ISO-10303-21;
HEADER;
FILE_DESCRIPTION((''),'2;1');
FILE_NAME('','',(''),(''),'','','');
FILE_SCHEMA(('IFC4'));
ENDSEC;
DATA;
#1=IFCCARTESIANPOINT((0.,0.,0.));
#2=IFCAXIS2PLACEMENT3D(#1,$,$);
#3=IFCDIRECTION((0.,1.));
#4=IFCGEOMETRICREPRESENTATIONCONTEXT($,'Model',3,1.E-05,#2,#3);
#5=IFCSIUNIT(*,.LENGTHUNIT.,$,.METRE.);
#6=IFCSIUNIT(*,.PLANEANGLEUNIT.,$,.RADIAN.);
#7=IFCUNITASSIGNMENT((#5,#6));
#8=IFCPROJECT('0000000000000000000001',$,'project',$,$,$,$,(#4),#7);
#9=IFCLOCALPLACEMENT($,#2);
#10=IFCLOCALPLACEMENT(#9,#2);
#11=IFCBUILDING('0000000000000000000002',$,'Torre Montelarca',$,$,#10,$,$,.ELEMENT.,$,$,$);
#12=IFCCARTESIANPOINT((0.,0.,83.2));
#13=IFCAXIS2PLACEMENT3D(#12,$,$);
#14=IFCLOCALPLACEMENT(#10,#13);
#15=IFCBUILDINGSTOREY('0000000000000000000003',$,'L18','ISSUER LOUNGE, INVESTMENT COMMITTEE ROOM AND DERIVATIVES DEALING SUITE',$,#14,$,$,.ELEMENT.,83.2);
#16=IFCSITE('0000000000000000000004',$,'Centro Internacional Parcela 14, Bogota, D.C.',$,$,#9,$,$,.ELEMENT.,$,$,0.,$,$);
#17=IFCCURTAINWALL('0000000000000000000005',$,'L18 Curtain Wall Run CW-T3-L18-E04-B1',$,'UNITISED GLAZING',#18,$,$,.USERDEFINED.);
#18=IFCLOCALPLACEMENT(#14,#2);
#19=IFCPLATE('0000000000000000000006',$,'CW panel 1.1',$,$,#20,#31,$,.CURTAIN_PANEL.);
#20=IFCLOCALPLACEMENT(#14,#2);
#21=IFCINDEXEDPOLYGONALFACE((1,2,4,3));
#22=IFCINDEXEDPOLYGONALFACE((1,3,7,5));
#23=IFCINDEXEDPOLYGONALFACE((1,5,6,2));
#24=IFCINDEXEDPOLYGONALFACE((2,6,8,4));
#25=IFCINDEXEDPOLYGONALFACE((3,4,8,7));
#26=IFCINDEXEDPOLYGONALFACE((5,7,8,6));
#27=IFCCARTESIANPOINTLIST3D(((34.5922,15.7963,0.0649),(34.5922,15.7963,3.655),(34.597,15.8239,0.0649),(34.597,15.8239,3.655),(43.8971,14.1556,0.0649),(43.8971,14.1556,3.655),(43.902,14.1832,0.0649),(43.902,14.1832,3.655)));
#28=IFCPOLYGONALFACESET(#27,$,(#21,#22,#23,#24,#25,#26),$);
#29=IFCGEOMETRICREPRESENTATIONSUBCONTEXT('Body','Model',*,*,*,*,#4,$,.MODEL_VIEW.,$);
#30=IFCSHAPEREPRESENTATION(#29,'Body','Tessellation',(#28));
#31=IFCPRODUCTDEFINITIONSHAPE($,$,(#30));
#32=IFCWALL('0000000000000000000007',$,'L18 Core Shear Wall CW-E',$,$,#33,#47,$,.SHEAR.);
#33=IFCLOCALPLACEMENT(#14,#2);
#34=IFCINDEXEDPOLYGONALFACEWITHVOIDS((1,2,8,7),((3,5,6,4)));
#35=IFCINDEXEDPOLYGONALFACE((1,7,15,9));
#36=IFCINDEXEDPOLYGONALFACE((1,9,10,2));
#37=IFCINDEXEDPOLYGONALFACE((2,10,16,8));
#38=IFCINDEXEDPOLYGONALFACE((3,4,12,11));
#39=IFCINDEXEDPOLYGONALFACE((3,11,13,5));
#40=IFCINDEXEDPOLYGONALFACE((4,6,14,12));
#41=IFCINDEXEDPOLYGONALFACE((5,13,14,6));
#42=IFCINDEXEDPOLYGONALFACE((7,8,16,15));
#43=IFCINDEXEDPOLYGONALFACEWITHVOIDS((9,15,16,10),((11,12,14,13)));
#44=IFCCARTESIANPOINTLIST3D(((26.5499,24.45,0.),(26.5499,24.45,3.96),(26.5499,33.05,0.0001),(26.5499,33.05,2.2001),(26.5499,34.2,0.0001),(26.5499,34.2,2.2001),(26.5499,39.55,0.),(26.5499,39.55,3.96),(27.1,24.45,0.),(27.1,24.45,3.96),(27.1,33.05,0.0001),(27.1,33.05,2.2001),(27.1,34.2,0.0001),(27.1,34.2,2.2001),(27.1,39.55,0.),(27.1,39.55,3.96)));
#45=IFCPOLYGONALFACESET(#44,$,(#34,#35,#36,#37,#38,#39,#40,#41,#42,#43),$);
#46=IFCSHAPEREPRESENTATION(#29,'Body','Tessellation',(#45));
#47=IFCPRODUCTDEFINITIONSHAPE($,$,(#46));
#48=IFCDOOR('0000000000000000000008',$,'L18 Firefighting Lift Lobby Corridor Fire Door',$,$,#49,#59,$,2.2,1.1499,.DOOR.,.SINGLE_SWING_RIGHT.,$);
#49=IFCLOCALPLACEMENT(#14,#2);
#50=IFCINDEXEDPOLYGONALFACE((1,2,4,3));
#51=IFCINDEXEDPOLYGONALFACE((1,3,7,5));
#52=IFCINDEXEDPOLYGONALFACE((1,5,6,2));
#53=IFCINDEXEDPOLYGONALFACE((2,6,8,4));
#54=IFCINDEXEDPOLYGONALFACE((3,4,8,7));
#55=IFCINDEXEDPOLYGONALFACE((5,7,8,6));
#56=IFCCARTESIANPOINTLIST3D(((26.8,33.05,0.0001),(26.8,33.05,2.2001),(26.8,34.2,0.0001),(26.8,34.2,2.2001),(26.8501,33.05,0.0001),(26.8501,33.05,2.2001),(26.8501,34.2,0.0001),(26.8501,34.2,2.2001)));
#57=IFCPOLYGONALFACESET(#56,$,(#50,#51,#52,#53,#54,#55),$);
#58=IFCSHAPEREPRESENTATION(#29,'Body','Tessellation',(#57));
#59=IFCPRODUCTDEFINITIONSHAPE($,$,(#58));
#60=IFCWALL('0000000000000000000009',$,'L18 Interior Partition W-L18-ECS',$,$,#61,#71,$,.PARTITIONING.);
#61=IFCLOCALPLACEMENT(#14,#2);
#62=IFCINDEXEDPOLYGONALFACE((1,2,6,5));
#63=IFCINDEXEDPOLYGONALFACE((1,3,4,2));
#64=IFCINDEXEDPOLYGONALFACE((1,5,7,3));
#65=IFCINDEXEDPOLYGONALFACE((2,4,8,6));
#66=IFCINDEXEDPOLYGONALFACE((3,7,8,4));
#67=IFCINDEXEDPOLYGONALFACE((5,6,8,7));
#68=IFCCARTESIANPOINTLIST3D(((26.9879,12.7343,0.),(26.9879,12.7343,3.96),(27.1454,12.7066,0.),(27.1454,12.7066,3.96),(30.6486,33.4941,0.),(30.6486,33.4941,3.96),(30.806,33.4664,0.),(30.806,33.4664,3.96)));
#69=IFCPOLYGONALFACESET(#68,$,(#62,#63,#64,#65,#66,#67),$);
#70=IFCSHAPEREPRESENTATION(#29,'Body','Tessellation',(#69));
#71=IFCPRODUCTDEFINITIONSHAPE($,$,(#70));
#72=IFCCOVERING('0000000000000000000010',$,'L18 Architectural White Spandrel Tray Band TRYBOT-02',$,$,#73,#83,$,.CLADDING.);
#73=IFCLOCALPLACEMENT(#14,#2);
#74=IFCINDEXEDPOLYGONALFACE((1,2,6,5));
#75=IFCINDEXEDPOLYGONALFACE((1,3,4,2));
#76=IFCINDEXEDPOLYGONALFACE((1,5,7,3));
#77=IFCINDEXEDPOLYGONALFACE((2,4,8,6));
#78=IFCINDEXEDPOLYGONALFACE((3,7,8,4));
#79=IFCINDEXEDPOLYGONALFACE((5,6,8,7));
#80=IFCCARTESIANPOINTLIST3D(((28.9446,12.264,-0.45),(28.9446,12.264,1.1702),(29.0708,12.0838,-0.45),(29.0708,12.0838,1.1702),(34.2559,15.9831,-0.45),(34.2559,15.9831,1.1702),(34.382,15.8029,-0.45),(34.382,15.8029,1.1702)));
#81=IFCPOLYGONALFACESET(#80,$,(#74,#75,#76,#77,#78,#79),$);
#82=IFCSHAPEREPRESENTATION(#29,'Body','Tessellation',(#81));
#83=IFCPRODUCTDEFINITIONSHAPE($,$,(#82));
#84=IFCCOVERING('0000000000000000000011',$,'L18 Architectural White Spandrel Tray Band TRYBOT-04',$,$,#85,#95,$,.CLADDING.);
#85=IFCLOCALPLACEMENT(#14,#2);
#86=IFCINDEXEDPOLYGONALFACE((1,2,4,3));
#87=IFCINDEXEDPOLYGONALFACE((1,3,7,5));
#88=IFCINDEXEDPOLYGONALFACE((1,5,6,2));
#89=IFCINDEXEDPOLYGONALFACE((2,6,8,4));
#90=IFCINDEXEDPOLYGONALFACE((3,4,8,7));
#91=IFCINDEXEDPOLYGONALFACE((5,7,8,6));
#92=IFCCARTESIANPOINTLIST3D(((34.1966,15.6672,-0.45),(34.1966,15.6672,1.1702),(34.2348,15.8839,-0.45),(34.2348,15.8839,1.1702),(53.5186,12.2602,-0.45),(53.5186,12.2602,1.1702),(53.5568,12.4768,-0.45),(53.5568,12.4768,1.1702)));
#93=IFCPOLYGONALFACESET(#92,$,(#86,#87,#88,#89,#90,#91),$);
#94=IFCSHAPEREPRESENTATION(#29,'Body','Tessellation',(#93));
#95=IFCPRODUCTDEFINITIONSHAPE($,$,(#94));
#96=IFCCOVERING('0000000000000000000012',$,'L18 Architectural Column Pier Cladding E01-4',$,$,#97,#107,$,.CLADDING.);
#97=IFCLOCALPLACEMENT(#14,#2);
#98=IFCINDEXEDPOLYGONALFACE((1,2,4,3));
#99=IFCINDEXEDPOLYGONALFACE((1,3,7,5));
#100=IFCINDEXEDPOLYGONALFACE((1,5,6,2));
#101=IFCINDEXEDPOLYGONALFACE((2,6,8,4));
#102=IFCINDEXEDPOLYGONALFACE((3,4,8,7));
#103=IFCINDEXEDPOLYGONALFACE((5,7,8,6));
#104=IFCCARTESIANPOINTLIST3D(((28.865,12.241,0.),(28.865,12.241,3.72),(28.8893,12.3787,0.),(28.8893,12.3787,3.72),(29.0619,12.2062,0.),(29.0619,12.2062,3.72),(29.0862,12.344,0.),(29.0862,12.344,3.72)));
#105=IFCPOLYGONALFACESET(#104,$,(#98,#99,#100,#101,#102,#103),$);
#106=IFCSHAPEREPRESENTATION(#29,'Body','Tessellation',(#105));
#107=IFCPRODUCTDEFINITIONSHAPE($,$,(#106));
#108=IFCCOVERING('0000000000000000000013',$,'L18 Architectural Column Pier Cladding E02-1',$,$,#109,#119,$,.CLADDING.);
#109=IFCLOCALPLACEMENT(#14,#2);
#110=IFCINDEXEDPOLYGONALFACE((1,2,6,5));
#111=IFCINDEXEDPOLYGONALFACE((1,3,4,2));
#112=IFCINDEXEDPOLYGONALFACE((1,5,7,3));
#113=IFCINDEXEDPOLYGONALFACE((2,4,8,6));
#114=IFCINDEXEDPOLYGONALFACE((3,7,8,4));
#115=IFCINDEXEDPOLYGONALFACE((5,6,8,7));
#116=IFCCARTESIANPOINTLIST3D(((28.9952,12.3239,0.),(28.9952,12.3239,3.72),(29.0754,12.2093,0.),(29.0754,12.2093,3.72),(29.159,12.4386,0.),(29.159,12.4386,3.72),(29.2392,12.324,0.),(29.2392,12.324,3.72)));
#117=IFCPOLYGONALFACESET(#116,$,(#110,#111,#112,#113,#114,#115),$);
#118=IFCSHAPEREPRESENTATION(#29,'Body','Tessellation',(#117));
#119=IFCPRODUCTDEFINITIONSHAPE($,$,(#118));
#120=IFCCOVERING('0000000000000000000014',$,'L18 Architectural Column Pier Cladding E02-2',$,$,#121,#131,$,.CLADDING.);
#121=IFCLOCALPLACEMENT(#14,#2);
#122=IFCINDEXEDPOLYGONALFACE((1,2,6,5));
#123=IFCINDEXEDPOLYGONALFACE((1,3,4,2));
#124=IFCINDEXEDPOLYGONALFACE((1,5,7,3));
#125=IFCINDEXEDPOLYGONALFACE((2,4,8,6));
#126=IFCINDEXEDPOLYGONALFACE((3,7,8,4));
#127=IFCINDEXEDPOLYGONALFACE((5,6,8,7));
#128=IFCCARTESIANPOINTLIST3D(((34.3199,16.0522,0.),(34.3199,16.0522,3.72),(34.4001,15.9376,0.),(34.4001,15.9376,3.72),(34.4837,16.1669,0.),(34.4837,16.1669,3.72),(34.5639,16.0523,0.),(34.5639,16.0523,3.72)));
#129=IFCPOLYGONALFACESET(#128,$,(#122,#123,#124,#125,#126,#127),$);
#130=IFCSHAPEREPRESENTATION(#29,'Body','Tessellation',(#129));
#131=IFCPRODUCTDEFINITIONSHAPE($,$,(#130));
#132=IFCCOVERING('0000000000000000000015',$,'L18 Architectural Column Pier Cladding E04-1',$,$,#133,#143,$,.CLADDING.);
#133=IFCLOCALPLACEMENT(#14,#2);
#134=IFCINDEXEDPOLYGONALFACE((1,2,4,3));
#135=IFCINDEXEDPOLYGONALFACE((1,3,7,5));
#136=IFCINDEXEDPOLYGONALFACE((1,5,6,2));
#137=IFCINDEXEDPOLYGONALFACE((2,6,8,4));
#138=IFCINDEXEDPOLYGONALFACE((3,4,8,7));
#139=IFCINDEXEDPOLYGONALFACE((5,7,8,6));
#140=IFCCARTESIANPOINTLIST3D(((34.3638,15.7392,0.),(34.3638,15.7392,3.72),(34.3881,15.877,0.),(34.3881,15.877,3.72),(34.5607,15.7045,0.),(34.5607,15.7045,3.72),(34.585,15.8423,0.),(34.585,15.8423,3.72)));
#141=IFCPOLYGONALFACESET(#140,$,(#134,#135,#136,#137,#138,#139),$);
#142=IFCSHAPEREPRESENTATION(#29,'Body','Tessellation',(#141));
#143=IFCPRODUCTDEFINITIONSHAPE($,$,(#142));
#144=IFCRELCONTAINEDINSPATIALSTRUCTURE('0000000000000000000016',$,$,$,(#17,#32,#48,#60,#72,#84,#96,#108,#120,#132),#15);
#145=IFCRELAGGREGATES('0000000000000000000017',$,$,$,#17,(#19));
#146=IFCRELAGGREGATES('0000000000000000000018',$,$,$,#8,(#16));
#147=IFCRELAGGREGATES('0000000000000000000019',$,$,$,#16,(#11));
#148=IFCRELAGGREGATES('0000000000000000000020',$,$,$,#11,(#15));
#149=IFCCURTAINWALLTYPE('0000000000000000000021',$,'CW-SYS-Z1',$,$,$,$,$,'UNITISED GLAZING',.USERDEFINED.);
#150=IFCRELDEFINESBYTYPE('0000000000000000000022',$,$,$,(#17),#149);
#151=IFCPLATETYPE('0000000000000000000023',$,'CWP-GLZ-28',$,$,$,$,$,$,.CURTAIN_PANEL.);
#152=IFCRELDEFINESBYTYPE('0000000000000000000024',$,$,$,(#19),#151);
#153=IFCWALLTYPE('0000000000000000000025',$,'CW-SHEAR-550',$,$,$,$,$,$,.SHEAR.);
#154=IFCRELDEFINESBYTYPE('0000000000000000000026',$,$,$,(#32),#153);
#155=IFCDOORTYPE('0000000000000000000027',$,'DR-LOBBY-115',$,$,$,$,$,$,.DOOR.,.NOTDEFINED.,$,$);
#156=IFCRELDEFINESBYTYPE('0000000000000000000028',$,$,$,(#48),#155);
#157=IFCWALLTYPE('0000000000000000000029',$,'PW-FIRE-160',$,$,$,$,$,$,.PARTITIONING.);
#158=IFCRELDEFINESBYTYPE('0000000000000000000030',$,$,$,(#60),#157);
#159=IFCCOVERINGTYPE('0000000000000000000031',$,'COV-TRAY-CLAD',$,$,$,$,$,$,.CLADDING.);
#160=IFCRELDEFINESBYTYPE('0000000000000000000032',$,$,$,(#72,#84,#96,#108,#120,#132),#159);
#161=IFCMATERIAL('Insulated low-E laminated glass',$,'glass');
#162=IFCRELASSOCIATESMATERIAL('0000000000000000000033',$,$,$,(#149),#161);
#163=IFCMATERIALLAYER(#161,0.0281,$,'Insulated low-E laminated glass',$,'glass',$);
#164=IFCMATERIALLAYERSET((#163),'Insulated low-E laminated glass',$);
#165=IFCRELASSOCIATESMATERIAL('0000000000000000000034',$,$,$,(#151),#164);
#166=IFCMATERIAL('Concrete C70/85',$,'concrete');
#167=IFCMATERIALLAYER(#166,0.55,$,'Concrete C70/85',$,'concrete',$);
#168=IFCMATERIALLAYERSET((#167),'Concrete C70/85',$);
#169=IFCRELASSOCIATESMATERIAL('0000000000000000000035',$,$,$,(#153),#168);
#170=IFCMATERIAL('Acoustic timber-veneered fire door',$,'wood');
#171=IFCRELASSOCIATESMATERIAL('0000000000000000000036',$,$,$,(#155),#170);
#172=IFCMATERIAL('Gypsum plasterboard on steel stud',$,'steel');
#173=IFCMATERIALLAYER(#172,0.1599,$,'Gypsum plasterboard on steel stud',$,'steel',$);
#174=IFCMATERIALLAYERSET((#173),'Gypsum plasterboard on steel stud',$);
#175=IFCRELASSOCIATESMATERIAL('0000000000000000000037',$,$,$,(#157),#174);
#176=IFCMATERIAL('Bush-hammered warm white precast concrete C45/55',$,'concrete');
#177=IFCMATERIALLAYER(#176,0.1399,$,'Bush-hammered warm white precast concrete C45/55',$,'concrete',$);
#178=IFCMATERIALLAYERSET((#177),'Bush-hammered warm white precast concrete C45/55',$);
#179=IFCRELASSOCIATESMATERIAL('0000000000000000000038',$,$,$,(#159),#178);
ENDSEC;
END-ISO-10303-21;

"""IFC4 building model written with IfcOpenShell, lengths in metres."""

from ifc_helpers import new_model, si_unit, direction, frame, frame_2d, origin, origin_2d, place, context, subcontext, project, spatial, rectangle, extrude, source, transform, mapped, material, layer, layer_set, type_object, element, fill, aggregate, save


model = new_model("IFC4")

# Units and contexts
model_context = context("Model", 3, precision=1e-05, world=origin(), true_north=direction((0.0, 1.0)))
body_context = subcontext(model_context, "Body", "Model", "MODEL_VIEW")
ifc_project = project(units=[si_unit("LENGTHUNIT", "METRE"), si_unit("PLANEANGLEUNIT", "RADIAN")], contexts=[model_context])

# Site, building, storey
site_placement = place(None, origin())
site = spatial("IfcSite", under=ifc_project, at=site_placement, Name="Centro Internacional Parcela 14, Bogota, D.C.", CompositionType="ELEMENT", RefElevation=0.0)
building_placement = place(site_placement, origin())
building = spatial("IfcBuilding", under=site, at=building_placement, Name="Torre Montelarca", CompositionType="ELEMENT")
storey_placement = place(building_placement, frame((0.0, 0.0, 83.2)))
storey = spatial("IfcBuildingStorey", under=building, at=storey_placement, Name="L18", Description="ISSUER LOUNGE, INVESTMENT COMMITTEE ROOM AND DERIVATIVES DEALING SUITE", CompositionType="ELEMENT", Elevation=83.2)

# Shared definitions
ifc_material_1 = material(Name="Concrete C70/85", Category="concrete")

# Curtain wall
ifc_material_2 = material(Name="Insulated low-E laminated glass", Category="glass")
curtain_wall_type = type_object("IfcCurtainWallType", Name="CW-SYS-Z1", ElementType="UNITISED GLAZING", PredefinedType="USERDEFINED", material=ifc_material_2)
curtain_wall_1_placement = place(storey_placement, origin())
curtain_wall_1 = element("IfcCurtainWall", 1, at=curtain_wall_1_placement, inside=storey, type_object=curtain_wall_type, Name="L18 Curtain Wall Run CW-T3-L18-E04-B1", ObjectType="UNITISED GLAZING", PredefinedType="USERDEFINED")

# Plate
ifc_layer_1 = layer(ifc_material_2, 0.0281, Name="Insulated low-E laminated glass", Category="glass")
ifc_layer_set_1 = layer_set([ifc_layer_1], Name="Insulated low-E laminated glass")
plate_type = type_object("IfcPlateType", Name="CWP-GLZ-28", PredefinedType="CURTAIN_PANEL", material=ifc_layer_set_1)
shared_shape_1 = source(origin(), body_context, "Body", "SweptSolid", [
    extrude(rectangle(XDim=9.4485, YDim=0.0281, at=origin_2d()), origin(), (0.0, 0.0, 1.0), 3.5901),
])
plate_1_placement = place(storey_placement, frame((39.2471, 14.9897, 0.0649), z_axis=(0.0, 0.0, 1.0), x_axis=(0.984809, -0.173643, 0.0)))
plate_1 = element("IfcPlate", 2, at=plate_1_placement, type_object=plate_type, Name="CW panel 1.1", PredefinedType="CURTAIN_PANEL", context=body_context, shape_type="MappedRepresentation", body=[
    mapped(shared_shape_1, transform((0.0, 0.0, 0.0), scale=1.0)),
])
aggregate(curtain_wall_1, [plate_1])

# Wall, opening, door
ifc_layer_2 = layer(ifc_material_1, 0.55, Name="Concrete C70/85", Category="concrete")
ifc_layer_set_2 = layer_set([ifc_layer_2], Name="Concrete C70/85")
wall_type_1 = type_object("IfcWallType", Name="CW-SHEAR-550", PredefinedType="SHEAR", material=ifc_layer_set_2)
wall_1_placement = place(storey_placement, frame((26.825, 24.45, 0.0), z_axis=(0.0, 0.0, 1.0), x_axis=(0.0, 1.0, 0.0)))
wall_1 = element("IfcWall", 3, at=wall_1_placement, inside=storey, type_object=wall_type_1, Name="L18 Core Shear Wall CW-E", PredefinedType="SHEAR", context=body_context, shape_type="SweptSolid", body=[
    extrude(rectangle(XDim=15.1001, YDim=0.55, at=frame_2d((7.55, 0.0))), origin(), (0.0, 0.0, 1.0), 3.96),
])
opening_placement = place(wall_1_placement, frame((8.6001, 0.0, 0.0)))
opening = element("IfcOpeningElement", 4, at=opening_placement, cuts=wall_1, PredefinedType="OPENING", context=body_context, shape_type="SweptSolid", body=[
    extrude(rectangle(XDim=1.1499, YDim=2.2, at=frame_2d((0.575, 1.1001))), frame((0.0, 0.2852, 0.0), z_axis=(0.0, -1.0, 0.0), x_axis=(1.0, 0.0, 0.0)), (0.0, 0.0, 1.0), 0.5701),
])
ifc_material_3 = material(Name="Acoustic timber-veneered fire door", Category="wood")
door_type = type_object("IfcDoorType", Name="DR-LOBBY-115", OperationType="NOTDEFINED", PredefinedType="DOOR", material=ifc_material_3)
shared_shape_2 = source(origin(), body_context, "Body", "SweptSolid", [
    extrude(rectangle(XDim=1.1499, YDim=2.2, at=frame_2d((0.575, 1.1001))), frame((0.0, 0.0249, 0.0), z_axis=(0.0, -1.0, 0.0), x_axis=(1.0, 0.0, 0.0)), (0.0, 0.0, 1.0), 0.05),
])
door_placement = place(opening_placement, origin())
door = element("IfcDoor", 5, at=door_placement, inside=storey, type_object=door_type, Name="L18 Firefighting Lift Lobby Corridor Fire Door", OperationType="SINGLE_SWING_RIGHT", OverallHeight=2.2, OverallWidth=1.1499, PredefinedType="DOOR", context=body_context, shape_type="MappedRepresentation", body=[
    mapped(shared_shape_2, transform((0.0, 0.0, 0.0), scale=1.0)),
])
fill(opening, door)

# Wall
ifc_material_4 = material(Name="Gypsum plasterboard on steel stud", Category="steel")
ifc_layer_3 = layer(ifc_material_4, 0.1599, Name="Gypsum plasterboard on steel stud", Category="steel")
ifc_layer_set_3 = layer_set([ifc_layer_3], Name="Gypsum plasterboard on steel stud")
wall_type_2 = type_object("IfcWallType", Name="PW-FIRE-160", PredefinedType="PARTITIONING", material=ifc_layer_set_3)
wall_2_placement = place(storey_placement, frame((27.0667, 12.7205, 0.0), z_axis=(0.0, 0.0, 1.0), x_axis=(0.173655, 0.984807, 0.0)))
element("IfcWall", 6, at=wall_2_placement, inside=storey, type_object=wall_type_2, Name="L18 Interior Partition W-L18-ECS", PredefinedType="PARTITIONING", context=body_context, shape_type="SweptSolid", body=[
    extrude(rectangle(XDim=21.0801, YDim=0.1599, at=frame_2d((10.54, 0.0))), origin(), (0.0, 0.0, 1.0), 3.96),
])

# Coverings
ifc_material_5 = material(Name="Bush-hammered warm white precast concrete C45/55", Category="concrete")
ifc_layer_4 = layer(ifc_material_5, 0.1399, Name="Bush-hammered warm white precast concrete C45/55", Category="concrete")
ifc_layer_set_4 = layer_set([ifc_layer_4], Name="Bush-hammered warm white precast concrete C45/55")
covering_type = type_object("IfcCoveringType", Name="COV-TRAY-CLAD", PredefinedType="CLADDING", material=ifc_layer_set_4)
shared_shape_3 = source(origin(), body_context, "Body", "SweptSolid", [
    extrude(rectangle(XDim=6.4839, YDim=0.22, at=origin_2d()), origin(), (0.0, 0.0, 1.0), 1.6201),
])
covering_1_placement = place(storey_placement, frame((31.6633, 14.0334, -0.45), z_axis=(0.0, 0.0, 1.0), x_axis=(0.819148, 0.573582, 0.0)))
element("IfcCovering", 7, at=covering_1_placement, inside=storey, type_object=covering_type, Name="L18 Architectural White Spandrel Tray Band TRYBOT-02", PredefinedType="CLADDING", context=body_context, shape_type="MappedRepresentation", body=[
    mapped(shared_shape_3, transform((0.0, 0.0, 0.0), scale=1.0)),
])
shared_shape_4 = source(origin(), body_context, "Body", "SweptSolid", [
    extrude(rectangle(XDim=19.6201, YDim=0.22, at=origin_2d()), origin(), (0.0, 0.0, 1.0), 1.6201),
])
covering_2_placement = place(storey_placement, frame((43.8767, 14.072, -0.45), z_axis=(0.0, 0.0, 1.0), x_axis=(0.984807, -0.173652, 0.0)))
element("IfcCovering", 8, at=covering_2_placement, inside=storey, type_object=covering_type, Name="L18 Architectural White Spandrel Tray Band TRYBOT-04", PredefinedType="CLADDING", context=body_context, shape_type="MappedRepresentation", body=[
    mapped(shared_shape_4, transform((0.0, 0.0, 0.0), scale=1.0)),
])
shared_shape_5 = source(origin(), body_context, "Body", "SweptSolid", [
    extrude(rectangle(XDim=0.2, YDim=0.1399, at=origin_2d()), origin(), (0.0, 0.0, 1.0), 3.72),
])
for number, where, z_axis, x_axis, name in (
    (9, (28.9756, 12.2925, 0.0), (0.0, 0.0, 1.0), (0.984808, -0.173648, 0.0), "L18 Architectural Column Pier Cladding E01-4"),
    (10, (29.1172, 12.324, 0.0), (0.0, 0.0, 1.0), (0.819155, 0.573572, 0.0), "L18 Architectural Column Pier Cladding E02-1"),
    (11, (34.4419, 16.0522, 0.0), (0.0, 0.0, 1.0), (0.819155, 0.573572, 0.0), "L18 Architectural Column Pier Cladding E02-2"),
    (12, (34.4744, 15.7908, 0.0), (0.0, 0.0, 1.0), (0.984808, -0.173646, 0.0), "L18 Architectural Column Pier Cladding E04-1"),
):
    element("IfcCovering", number, at=place(storey_placement, frame(where, z_axis=z_axis, x_axis=x_axis)), inside=storey, type_object=covering_type, Name=name, PredefinedType="CLADDING", context=body_context, shape_type="MappedRepresentation", body=[
        mapped(shared_shape_5, transform((0.0, 0.0, 0.0), scale=1.0)),
    ])

save(model, "model.ifc")
